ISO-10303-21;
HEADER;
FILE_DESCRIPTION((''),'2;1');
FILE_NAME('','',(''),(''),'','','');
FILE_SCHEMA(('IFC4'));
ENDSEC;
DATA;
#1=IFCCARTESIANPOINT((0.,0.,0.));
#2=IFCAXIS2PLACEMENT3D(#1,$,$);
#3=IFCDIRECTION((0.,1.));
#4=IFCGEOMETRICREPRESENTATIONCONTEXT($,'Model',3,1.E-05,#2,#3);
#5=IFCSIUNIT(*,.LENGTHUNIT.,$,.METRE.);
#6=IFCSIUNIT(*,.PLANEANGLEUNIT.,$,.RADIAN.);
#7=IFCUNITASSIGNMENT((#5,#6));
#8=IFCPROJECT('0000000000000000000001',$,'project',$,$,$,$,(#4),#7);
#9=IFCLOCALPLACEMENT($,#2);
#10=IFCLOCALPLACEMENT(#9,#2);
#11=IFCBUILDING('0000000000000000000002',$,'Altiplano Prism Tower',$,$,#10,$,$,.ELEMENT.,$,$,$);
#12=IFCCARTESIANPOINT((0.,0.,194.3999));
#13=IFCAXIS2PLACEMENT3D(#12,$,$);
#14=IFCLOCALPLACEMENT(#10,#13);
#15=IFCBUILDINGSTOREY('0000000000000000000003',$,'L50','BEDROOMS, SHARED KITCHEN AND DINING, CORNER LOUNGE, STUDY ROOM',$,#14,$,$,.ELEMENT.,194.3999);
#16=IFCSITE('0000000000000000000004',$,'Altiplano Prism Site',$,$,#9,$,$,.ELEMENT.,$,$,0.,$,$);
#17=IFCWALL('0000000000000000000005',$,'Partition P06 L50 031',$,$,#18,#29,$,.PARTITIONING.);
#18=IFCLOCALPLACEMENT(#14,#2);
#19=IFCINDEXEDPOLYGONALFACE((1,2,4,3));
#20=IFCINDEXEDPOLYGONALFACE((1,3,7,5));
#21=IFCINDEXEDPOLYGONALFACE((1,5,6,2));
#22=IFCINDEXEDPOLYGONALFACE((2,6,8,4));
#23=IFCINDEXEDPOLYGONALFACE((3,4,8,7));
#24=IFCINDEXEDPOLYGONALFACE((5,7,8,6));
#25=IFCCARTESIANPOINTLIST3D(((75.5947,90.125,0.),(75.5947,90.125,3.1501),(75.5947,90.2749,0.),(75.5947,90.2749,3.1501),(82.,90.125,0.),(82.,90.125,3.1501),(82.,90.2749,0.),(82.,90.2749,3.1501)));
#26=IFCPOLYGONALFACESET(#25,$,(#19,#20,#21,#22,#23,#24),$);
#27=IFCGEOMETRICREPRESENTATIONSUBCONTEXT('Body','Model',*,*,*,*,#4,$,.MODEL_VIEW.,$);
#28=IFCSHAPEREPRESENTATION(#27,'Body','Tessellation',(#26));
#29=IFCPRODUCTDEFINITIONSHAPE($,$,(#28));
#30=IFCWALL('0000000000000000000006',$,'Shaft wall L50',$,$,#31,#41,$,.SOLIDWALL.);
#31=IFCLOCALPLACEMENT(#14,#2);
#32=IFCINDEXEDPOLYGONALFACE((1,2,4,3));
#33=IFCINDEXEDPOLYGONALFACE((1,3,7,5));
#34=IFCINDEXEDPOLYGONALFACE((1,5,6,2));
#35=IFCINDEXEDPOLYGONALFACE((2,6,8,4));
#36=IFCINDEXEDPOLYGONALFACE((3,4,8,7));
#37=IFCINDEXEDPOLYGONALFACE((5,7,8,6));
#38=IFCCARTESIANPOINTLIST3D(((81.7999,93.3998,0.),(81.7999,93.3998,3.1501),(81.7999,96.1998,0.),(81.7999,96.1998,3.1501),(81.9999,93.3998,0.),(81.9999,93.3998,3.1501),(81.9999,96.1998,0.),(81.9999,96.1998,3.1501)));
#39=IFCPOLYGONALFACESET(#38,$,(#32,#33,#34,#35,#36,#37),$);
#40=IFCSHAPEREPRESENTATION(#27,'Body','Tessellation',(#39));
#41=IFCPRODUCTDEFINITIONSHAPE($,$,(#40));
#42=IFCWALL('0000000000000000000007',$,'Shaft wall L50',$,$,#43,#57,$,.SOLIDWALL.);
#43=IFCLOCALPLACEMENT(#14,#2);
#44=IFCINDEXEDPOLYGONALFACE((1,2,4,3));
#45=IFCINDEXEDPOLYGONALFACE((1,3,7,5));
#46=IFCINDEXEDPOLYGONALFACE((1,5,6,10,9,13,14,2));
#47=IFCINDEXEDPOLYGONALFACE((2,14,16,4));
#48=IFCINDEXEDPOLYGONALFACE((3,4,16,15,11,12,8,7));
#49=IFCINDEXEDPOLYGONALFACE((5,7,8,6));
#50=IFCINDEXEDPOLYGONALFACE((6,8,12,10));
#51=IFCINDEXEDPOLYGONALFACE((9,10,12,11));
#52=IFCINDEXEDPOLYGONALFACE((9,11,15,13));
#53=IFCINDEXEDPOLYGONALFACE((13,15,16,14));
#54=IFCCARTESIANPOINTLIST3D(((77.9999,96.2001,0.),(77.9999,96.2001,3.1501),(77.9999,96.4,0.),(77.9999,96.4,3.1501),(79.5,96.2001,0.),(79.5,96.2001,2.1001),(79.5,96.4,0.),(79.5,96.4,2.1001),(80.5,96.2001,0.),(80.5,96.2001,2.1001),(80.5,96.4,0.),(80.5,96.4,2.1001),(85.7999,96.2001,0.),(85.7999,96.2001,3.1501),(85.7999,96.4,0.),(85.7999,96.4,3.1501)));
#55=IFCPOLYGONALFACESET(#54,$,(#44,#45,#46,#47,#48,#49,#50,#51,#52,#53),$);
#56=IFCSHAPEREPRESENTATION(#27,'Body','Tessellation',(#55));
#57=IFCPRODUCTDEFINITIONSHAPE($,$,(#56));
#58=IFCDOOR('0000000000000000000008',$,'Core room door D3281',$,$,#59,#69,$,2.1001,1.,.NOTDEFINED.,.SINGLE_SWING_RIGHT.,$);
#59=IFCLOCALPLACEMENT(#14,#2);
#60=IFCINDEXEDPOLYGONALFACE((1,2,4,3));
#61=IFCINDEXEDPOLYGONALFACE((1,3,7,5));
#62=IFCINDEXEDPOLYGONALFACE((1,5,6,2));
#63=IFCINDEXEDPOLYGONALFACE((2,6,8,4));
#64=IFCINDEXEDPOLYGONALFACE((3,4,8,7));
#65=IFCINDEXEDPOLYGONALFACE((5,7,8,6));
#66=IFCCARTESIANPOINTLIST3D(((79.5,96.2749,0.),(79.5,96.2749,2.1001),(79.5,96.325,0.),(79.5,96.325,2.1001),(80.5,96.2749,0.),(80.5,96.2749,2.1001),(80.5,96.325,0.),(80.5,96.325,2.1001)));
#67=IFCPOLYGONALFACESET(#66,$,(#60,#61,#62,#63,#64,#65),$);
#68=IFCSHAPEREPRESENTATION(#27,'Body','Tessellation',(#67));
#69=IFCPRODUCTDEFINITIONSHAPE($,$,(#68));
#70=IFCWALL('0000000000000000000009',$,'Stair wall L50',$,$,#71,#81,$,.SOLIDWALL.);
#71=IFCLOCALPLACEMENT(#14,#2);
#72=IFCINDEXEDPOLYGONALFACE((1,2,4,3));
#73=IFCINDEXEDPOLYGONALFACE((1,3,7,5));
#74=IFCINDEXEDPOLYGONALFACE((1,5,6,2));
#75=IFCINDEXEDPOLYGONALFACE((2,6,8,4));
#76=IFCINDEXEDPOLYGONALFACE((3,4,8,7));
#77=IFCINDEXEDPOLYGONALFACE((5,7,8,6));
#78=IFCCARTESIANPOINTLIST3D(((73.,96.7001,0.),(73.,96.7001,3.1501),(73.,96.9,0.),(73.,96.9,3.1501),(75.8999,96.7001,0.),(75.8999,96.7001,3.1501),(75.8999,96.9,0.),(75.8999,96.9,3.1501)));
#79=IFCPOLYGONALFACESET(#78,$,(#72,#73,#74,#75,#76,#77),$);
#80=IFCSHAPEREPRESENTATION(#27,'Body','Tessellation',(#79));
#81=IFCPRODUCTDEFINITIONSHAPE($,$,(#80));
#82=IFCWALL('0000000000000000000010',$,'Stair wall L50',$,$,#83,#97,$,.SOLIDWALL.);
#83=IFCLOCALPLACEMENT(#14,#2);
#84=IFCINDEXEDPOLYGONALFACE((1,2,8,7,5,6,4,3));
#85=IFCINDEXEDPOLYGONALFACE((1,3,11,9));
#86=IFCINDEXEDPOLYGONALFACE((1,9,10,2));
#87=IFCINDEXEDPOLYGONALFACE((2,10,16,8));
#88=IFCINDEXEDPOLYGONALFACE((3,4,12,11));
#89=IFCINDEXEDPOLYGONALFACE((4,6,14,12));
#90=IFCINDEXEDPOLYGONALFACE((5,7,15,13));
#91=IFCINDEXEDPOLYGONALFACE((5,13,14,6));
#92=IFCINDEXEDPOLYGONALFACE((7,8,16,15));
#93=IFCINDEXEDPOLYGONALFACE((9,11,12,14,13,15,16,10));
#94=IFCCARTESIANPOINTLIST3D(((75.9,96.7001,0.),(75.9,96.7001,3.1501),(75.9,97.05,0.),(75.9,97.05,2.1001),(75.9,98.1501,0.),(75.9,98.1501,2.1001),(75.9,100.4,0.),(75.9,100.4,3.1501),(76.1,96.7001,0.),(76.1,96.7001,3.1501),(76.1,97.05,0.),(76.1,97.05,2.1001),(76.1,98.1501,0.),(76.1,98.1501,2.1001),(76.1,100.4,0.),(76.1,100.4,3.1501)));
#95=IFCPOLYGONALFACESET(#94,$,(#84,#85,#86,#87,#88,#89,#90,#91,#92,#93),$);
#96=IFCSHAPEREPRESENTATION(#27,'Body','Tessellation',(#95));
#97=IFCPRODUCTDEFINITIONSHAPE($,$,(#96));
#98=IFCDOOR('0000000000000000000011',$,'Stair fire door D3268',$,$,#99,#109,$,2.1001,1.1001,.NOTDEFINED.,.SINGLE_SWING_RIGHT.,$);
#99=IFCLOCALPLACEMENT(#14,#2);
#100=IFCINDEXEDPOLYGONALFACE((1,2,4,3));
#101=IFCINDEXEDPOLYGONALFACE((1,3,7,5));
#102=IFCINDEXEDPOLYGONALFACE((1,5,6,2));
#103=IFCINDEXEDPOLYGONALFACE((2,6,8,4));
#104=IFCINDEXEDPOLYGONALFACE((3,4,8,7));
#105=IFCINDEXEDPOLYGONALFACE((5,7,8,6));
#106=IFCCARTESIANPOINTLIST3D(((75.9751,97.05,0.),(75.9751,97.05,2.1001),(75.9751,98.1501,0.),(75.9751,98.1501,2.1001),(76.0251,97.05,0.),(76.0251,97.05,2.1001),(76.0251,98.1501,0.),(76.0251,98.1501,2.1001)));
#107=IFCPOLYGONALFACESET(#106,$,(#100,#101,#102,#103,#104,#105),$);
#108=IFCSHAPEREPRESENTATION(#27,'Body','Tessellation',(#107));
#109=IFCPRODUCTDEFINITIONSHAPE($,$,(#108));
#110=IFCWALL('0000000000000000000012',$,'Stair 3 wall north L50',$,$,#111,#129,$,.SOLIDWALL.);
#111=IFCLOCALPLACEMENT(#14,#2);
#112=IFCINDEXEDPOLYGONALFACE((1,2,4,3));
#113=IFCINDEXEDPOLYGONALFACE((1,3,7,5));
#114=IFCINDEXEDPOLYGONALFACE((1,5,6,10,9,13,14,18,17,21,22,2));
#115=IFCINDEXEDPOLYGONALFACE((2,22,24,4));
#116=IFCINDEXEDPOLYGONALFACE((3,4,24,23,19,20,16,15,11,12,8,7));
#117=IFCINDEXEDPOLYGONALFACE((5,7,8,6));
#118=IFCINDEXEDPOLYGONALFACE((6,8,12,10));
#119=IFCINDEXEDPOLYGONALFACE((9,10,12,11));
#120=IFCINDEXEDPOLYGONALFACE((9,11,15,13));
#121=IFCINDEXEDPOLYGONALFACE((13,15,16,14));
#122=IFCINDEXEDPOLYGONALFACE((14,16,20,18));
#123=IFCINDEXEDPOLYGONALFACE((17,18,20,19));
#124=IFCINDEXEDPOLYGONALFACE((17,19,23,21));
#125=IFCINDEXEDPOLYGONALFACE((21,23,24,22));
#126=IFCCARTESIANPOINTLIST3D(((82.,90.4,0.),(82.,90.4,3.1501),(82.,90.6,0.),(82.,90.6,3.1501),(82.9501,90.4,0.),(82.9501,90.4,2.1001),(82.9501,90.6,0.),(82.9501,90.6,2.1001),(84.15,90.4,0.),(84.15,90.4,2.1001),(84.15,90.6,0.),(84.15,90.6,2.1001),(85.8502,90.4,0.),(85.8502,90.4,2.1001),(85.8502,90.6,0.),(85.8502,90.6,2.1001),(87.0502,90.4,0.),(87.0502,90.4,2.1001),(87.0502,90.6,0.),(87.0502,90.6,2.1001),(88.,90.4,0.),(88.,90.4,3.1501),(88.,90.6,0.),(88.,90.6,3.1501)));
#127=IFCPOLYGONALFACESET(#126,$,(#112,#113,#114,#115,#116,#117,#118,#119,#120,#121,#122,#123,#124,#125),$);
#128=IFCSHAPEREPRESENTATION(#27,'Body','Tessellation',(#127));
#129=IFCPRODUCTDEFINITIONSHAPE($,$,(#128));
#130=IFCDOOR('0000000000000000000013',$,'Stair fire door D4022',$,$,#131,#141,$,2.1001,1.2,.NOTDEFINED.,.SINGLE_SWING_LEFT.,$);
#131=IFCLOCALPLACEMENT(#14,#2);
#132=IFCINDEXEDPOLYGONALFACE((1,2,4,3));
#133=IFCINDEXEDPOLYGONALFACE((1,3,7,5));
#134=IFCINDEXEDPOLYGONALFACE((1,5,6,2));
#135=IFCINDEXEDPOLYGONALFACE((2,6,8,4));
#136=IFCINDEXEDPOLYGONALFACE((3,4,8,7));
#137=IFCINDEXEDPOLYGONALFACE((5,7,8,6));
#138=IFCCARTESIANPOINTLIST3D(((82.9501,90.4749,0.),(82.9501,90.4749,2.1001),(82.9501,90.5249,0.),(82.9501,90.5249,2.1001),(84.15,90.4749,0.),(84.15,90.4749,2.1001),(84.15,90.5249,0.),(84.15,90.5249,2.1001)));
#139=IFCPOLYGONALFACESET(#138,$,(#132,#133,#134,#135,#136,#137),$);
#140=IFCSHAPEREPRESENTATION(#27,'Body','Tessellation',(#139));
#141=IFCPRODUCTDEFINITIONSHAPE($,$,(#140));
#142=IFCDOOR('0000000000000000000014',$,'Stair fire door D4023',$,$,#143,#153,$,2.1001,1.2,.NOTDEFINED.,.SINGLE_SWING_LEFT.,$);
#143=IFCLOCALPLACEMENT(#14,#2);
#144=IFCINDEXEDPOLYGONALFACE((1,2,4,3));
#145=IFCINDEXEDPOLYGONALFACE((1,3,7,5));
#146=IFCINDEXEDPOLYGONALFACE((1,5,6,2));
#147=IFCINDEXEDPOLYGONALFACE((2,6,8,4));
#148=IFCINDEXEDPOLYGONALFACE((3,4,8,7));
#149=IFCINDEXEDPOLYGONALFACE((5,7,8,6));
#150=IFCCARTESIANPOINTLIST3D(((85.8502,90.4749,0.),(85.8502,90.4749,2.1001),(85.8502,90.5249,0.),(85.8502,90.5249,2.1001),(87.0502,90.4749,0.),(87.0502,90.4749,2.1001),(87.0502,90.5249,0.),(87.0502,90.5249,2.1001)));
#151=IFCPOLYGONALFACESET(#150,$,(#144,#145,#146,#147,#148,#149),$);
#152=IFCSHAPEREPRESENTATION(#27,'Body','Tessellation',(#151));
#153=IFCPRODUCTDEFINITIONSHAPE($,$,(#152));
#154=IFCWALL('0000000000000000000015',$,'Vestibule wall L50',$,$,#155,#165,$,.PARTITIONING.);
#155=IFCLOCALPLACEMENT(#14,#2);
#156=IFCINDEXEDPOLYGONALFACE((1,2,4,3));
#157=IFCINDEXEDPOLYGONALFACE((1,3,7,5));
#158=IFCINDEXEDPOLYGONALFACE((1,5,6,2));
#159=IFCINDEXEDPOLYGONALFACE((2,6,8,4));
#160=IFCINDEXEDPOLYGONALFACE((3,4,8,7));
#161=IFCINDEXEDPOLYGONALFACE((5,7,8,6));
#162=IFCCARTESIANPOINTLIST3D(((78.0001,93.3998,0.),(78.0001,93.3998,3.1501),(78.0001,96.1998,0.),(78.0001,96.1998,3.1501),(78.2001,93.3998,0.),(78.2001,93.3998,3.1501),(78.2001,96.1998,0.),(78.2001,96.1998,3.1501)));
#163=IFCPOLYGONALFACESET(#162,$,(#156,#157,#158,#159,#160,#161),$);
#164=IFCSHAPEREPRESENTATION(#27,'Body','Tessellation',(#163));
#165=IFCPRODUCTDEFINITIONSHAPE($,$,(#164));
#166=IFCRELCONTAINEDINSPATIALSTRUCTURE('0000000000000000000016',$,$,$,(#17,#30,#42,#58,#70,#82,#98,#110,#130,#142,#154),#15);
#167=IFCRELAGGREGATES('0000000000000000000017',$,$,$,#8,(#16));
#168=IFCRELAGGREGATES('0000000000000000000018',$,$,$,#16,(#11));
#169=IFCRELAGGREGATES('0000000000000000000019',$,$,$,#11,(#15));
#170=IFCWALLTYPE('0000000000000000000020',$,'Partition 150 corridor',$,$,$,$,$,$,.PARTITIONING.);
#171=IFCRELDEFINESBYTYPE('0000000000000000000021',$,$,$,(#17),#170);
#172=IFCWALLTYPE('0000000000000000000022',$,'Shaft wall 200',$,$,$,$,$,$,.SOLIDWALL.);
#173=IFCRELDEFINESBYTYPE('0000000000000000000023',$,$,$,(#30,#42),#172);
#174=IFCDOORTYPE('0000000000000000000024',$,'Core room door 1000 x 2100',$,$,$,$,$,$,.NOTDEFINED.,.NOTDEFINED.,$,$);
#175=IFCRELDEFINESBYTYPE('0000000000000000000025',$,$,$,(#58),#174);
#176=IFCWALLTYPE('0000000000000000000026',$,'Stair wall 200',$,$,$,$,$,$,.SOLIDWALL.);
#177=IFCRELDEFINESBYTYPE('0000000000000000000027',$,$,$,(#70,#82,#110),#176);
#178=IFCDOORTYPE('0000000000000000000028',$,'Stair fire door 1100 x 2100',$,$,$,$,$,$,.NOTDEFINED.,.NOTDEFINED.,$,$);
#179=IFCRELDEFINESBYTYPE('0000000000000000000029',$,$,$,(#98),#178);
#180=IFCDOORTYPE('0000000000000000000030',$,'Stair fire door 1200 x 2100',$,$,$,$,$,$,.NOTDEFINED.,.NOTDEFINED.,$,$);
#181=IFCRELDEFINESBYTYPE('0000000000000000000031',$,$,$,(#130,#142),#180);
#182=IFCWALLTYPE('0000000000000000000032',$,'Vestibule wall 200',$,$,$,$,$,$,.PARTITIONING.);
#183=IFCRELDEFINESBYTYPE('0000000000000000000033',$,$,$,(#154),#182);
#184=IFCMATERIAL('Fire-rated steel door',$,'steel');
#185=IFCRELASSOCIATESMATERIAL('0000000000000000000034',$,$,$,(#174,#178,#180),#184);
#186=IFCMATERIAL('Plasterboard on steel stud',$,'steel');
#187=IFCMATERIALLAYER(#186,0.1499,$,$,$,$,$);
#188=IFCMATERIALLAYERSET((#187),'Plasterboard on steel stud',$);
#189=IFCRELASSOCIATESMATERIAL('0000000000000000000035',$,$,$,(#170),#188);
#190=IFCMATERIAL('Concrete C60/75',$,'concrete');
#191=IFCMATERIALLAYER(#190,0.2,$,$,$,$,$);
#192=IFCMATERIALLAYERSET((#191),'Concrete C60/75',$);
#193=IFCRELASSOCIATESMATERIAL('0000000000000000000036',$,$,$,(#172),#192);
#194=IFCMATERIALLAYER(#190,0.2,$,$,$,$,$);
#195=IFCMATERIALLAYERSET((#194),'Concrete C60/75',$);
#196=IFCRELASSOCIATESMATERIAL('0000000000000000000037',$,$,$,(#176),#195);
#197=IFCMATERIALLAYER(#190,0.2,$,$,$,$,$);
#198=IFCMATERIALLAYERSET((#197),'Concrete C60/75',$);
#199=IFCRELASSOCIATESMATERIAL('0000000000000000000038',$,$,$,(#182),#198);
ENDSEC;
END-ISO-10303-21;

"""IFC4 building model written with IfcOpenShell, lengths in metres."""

from ifc_helpers import new_model, si_unit, direction, frame, frame_2d, origin, place, context, subcontext, project, spatial, rectangle, extrude, material, layer, layer_set, type_object, element, fill, save


model = new_model("IFC4")

# Units and contexts
model_context = context("Model", 3, precision=1e-05, world=origin(), true_north=direction((0.0, 1.0)))
body_context = subcontext(model_context, "Body", "Model", "MODEL_VIEW")
ifc_project = project(units=[si_unit("LENGTHUNIT", "METRE"), si_unit("PLANEANGLEUNIT", "RADIAN")], contexts=[model_context])

# Site, building, storey
site_placement = place(None, origin())
site = spatial("IfcSite", under=ifc_project, at=site_placement, Name="Altiplano Prism Site", CompositionType="ELEMENT", RefElevation=0.0)
building_placement = place(site_placement, origin())
building = spatial("IfcBuilding", under=site, at=building_placement, Name="Altiplano Prism Tower", CompositionType="ELEMENT")
storey_placement = place(building_placement, frame((0.0, 0.0, 194.3999)))
storey = spatial("IfcBuildingStorey", under=building, at=storey_placement, Name="L50", Description="BEDROOMS, SHARED KITCHEN AND DINING, CORNER LOUNGE, STUDY ROOM", CompositionType="ELEMENT", Elevation=194.3999)

# Shared definitions
ifc_material_1 = material(Name="Concrete C60/75", Category="concrete")
ifc_material_2 = material(Name="Fire-rated steel door", Category="steel")
door_type_1 = type_object("IfcDoorType", Name="Core room door 1000 x 2100", OperationType="NOTDEFINED", PredefinedType="NOTDEFINED", material=ifc_material_2)

# Shared definitions
ifc_material_3 = material(Name="Plasterboard on steel stud", Category="steel")
ifc_layer_1 = layer(ifc_material_3, 0.1499)
ifc_layer_set_1 = layer_set([ifc_layer_1], Name="Plasterboard on steel stud")
wall_type_1 = type_object("IfcWallType", Name="Partition 150 corridor", PredefinedType="PARTITIONING", material=ifc_layer_set_1)

# Walls
wall_1_placement = place(storey_placement, frame((75.5947, 90.2, 0.0), z_axis=(0.0, 0.0, 1.0), x_axis=(1.0, 0.0, 0.0)))
element("IfcWall", 1, at=wall_1_placement, inside=storey, type_object=wall_type_1, Name="Partition P06 L50 031", PredefinedType="PARTITIONING", context=body_context, shape_type="SweptSolid", body=[
    extrude(rectangle(XDim=6.4053, YDim=0.1499, at=frame_2d((3.2026, 0.0))), origin(), (0.0, 0.0, 1.0), 3.1501),
])
ifc_layer_2 = layer(ifc_material_1, 0.2)
ifc_layer_set_2 = layer_set([ifc_layer_2], Name="Concrete C60/75")
wall_type_2 = type_object("IfcWallType", Name="Shaft wall 200", PredefinedType="SOLIDWALL", material=ifc_layer_set_2)
wall_2_placement = place(storey_placement, frame((81.8999, 93.3999, 0.0), z_axis=(0.0, 0.0, 1.0), x_axis=(0.0, 1.0, 0.0)))
element("IfcWall", 2, at=wall_2_placement, inside=storey, type_object=wall_type_2, Name="Shaft wall L50", PredefinedType="SOLIDWALL", context=body_context, shape_type="SweptSolid", body=[
    extrude(rectangle(XDim=2.8, YDim=0.2, at=frame_2d((1.3999, 0.0))), origin(), (0.0, 0.0, 1.0), 3.1501),
])

# Wall, opening, door
wall_3_placement = place(storey_placement, frame((78.0, 96.3, 0.0), z_axis=(0.0, 0.0, 1.0), x_axis=(1.0, 0.0, 0.0)))
wall_3 = element("IfcWall", 3, at=wall_3_placement, inside=storey, type_object=wall_type_2, Name="Shaft wall L50", PredefinedType="SOLIDWALL", context=body_context, shape_type="SweptSolid", body=[
    extrude(rectangle(XDim=7.8, YDim=0.2, at=frame_2d((3.8999, 0.0))), origin(), (0.0, 0.0, 1.0), 3.1501),
])
opening_1_placement = place(wall_3_placement, frame((1.5, 0.0, 0.0)))
opening_1 = element("IfcOpeningElement", 4, at=opening_1_placement, cuts=wall_3, PredefinedType="OPENING", context=body_context, shape_type="SweptSolid", body=[
    extrude(rectangle(XDim=1.0, YDim=2.1001, at=frame_2d((0.5, 1.05))), frame((0.0, 0.1104, 0.0), z_axis=(0.0, -1.0, 0.0), x_axis=(1.0, 0.0, 0.0)), (0.0, 0.0, 1.0), 0.2209),
])
door_1_placement = place(opening_1_placement, origin())
door_1 = element("IfcDoor", 5, at=door_1_placement, inside=storey, type_object=door_type_1, Name="Core room door D3281", OperationType="SINGLE_SWING_RIGHT", OverallHeight=2.1001, OverallWidth=1.0, PredefinedType="NOTDEFINED", context=body_context, shape_type="SweptSolid", body=[
    extrude(rectangle(XDim=1.0, YDim=2.1001, at=frame_2d((0.5, 1.05))), frame((0.0, 0.0249, 0.0), z_axis=(0.0, -1.0, 0.0), x_axis=(1.0, 0.0, 0.0)), (0.0, 0.0, 1.0), 0.05),
])
fill(opening_1, door_1)

# Wall
ifc_layer_3 = layer(ifc_material_1, 0.2)
ifc_layer_set_3 = layer_set([ifc_layer_3], Name="Concrete C60/75")
wall_type_3 = type_object("IfcWallType", Name="Stair wall 200", PredefinedType="SOLIDWALL", material=ifc_layer_set_3)
wall_4_placement = place(storey_placement, frame((73.0, 96.8, 0.0), z_axis=(0.0, 0.0, 1.0), x_axis=(1.0, 0.0, 0.0)))
element("IfcWall", 6, at=wall_4_placement, inside=storey, type_object=wall_type_3, Name="Stair wall L50", PredefinedType="SOLIDWALL", context=body_context, shape_type="SweptSolid", body=[
    extrude(rectangle(XDim=2.8999, YDim=0.2, at=frame_2d((1.45, 0.0))), origin(), (0.0, 0.0, 1.0), 3.1501),
])

# Wall, opening, door
wall_5_placement = place(storey_placement, frame((76.0, 96.7, 0.0), z_axis=(0.0, 0.0, 1.0), x_axis=(0.0, 1.0, 0.0)))
wall_5 = element("IfcWall", 7, at=wall_5_placement, inside=storey, type_object=wall_type_3, Name="Stair wall L50", PredefinedType="SOLIDWALL", context=body_context, shape_type="SweptSolid", body=[
    extrude(rectangle(XDim=3.7, YDim=0.2, at=frame_2d((1.8501, 0.0))), origin(), (0.0, 0.0, 1.0), 3.1501),
])
opening_2_placement = place(wall_5_placement, frame((0.3501, 0.0, 0.0)))
opening_2 = element("IfcOpeningElement", 8, at=opening_2_placement, cuts=wall_5, PredefinedType="OPENING", context=body_context, shape_type="SweptSolid", body=[
    extrude(rectangle(XDim=1.1001, YDim=2.1001, at=frame_2d((0.55, 1.05))), frame((0.0, 0.1104, 0.0), z_axis=(0.0, -1.0, 0.0), x_axis=(1.0, 0.0, 0.0)), (0.0, 0.0, 1.0), 0.2209),
])
door_type_2 = type_object("IfcDoorType", Name="Stair fire door 1100 x 2100", OperationType="NOTDEFINED", PredefinedType="NOTDEFINED", material=ifc_material_2)
door_2_placement = place(opening_2_placement, origin())
door_2 = element("IfcDoor", 9, at=door_2_placement, inside=storey, type_object=door_type_2, Name="Stair fire door D3268", OperationType="SINGLE_SWING_RIGHT", OverallHeight=2.1001, OverallWidth=1.1001, PredefinedType="NOTDEFINED", context=body_context, shape_type="SweptSolid", body=[
    extrude(rectangle(XDim=1.1001, YDim=2.1001, at=frame_2d((0.55, 1.05))), frame((0.0, 0.0249, 0.0), z_axis=(0.0, -1.0, 0.0), x_axis=(1.0, 0.0, 0.0)), (0.0, 0.0, 1.0), 0.05),
])
fill(opening_2, door_2)

# Wall, openings, doors
wall_6_placement = place(storey_placement, frame((82.0, 90.5, 0.0), z_axis=(0.0, 0.0, 1.0), x_axis=(1.0, 0.0, 0.0)))
wall_6 = element("IfcWall", 10, at=wall_6_placement, inside=storey, type_object=wall_type_3, Name="Stair 3 wall north L50", PredefinedType="SOLIDWALL", context=body_context, shape_type="SweptSolid", body=[
    extrude(rectangle(XDim=6.0, YDim=0.2, at=frame_2d((3.0, 0.0))), origin(), (0.0, 0.0, 1.0), 3.1501),
])
opening_3_placement = place(wall_6_placement, frame((0.95, 0.0, 0.0)))
opening_3 = element("IfcOpeningElement", 11, at=opening_3_placement, cuts=wall_6, PredefinedType="OPENING", context=body_context, shape_type="SweptSolid", body=[
    extrude(rectangle(XDim=1.2, YDim=2.1001, at=frame_2d((0.6001, 1.05))), frame((0.0, 0.1104, 0.0), z_axis=(0.0, -1.0, 0.0), x_axis=(1.0, 0.0, 0.0)), (0.0, 0.0, 1.0), 0.2209),
])
opening_4_placement = place(wall_6_placement, frame((3.8501, 0.0, 0.0)))
opening_4 = element("IfcOpeningElement", 12, at=opening_4_placement, cuts=wall_6, PredefinedType="OPENING", context=body_context, shape_type="SweptSolid", body=[
    extrude(rectangle(XDim=1.2, YDim=2.1001, at=frame_2d((0.6001, 1.05))), frame((0.0, 0.1104, 0.0), z_axis=(0.0, -1.0, 0.0), x_axis=(1.0, 0.0, 0.0)), (0.0, 0.0, 1.0), 0.2209),
])
door_type_3 = type_object("IfcDoorType", Name="Stair fire door 1200 x 2100", OperationType="NOTDEFINED", PredefinedType="NOTDEFINED", material=ifc_material_2)
door_3_placement = place(opening_3_placement, origin())
door_3 = element("IfcDoor", 13, at=door_3_placement, inside=storey, type_object=door_type_3, Name="Stair fire door D4022", OperationType="SINGLE_SWING_LEFT", OverallHeight=2.1001, OverallWidth=1.2, PredefinedType="NOTDEFINED", context=body_context, shape_type="SweptSolid", body=[
    extrude(rectangle(XDim=1.2, YDim=2.1001, at=frame_2d((0.6001, 1.05))), frame((0.0, 0.0249, 0.0), z_axis=(0.0, -1.0, 0.0), x_axis=(1.0, 0.0, 0.0)), (0.0, 0.0, 1.0), 0.05),
])
fill(opening_3, door_3)
door_4_placement = place(opening_4_placement, origin())
door_4 = element("IfcDoor", 14, at=door_4_placement, inside=storey, type_object=door_type_3, Name="Stair fire door D4023", OperationType="SINGLE_SWING_LEFT", OverallHeight=2.1001, OverallWidth=1.2, PredefinedType="NOTDEFINED", context=body_context, shape_type="SweptSolid", body=[
    extrude(rectangle(XDim=1.2, YDim=2.1001, at=frame_2d((0.6001, 1.05))), frame((0.0, 0.0249, 0.0), z_axis=(0.0, -1.0, 0.0), x_axis=(1.0, 0.0, 0.0)), (0.0, 0.0, 1.0), 0.05),
])
fill(opening_4, door_4)

# Wall
ifc_layer_4 = layer(ifc_material_1, 0.2)
ifc_layer_set_4 = layer_set([ifc_layer_4], Name="Concrete C60/75")
wall_type_4 = type_object("IfcWallType", Name="Vestibule wall 200", PredefinedType="PARTITIONING", material=ifc_layer_set_4)
wall_7_placement = place(storey_placement, frame((78.1001, 93.3999, 0.0), z_axis=(0.0, 0.0, 1.0), x_axis=(0.0, 1.0, 0.0)))
element("IfcWall", 15, at=wall_7_placement, inside=storey, type_object=wall_type_4, Name="Vestibule wall L50", PredefinedType="PARTITIONING", context=body_context, shape_type="SweptSolid", body=[
    extrude(rectangle(XDim=2.8, YDim=0.2, at=frame_2d((1.3999, 0.0))), origin(), (0.0, 0.0, 1.0), 3.1501),
])

save(model, "model.ifc")
